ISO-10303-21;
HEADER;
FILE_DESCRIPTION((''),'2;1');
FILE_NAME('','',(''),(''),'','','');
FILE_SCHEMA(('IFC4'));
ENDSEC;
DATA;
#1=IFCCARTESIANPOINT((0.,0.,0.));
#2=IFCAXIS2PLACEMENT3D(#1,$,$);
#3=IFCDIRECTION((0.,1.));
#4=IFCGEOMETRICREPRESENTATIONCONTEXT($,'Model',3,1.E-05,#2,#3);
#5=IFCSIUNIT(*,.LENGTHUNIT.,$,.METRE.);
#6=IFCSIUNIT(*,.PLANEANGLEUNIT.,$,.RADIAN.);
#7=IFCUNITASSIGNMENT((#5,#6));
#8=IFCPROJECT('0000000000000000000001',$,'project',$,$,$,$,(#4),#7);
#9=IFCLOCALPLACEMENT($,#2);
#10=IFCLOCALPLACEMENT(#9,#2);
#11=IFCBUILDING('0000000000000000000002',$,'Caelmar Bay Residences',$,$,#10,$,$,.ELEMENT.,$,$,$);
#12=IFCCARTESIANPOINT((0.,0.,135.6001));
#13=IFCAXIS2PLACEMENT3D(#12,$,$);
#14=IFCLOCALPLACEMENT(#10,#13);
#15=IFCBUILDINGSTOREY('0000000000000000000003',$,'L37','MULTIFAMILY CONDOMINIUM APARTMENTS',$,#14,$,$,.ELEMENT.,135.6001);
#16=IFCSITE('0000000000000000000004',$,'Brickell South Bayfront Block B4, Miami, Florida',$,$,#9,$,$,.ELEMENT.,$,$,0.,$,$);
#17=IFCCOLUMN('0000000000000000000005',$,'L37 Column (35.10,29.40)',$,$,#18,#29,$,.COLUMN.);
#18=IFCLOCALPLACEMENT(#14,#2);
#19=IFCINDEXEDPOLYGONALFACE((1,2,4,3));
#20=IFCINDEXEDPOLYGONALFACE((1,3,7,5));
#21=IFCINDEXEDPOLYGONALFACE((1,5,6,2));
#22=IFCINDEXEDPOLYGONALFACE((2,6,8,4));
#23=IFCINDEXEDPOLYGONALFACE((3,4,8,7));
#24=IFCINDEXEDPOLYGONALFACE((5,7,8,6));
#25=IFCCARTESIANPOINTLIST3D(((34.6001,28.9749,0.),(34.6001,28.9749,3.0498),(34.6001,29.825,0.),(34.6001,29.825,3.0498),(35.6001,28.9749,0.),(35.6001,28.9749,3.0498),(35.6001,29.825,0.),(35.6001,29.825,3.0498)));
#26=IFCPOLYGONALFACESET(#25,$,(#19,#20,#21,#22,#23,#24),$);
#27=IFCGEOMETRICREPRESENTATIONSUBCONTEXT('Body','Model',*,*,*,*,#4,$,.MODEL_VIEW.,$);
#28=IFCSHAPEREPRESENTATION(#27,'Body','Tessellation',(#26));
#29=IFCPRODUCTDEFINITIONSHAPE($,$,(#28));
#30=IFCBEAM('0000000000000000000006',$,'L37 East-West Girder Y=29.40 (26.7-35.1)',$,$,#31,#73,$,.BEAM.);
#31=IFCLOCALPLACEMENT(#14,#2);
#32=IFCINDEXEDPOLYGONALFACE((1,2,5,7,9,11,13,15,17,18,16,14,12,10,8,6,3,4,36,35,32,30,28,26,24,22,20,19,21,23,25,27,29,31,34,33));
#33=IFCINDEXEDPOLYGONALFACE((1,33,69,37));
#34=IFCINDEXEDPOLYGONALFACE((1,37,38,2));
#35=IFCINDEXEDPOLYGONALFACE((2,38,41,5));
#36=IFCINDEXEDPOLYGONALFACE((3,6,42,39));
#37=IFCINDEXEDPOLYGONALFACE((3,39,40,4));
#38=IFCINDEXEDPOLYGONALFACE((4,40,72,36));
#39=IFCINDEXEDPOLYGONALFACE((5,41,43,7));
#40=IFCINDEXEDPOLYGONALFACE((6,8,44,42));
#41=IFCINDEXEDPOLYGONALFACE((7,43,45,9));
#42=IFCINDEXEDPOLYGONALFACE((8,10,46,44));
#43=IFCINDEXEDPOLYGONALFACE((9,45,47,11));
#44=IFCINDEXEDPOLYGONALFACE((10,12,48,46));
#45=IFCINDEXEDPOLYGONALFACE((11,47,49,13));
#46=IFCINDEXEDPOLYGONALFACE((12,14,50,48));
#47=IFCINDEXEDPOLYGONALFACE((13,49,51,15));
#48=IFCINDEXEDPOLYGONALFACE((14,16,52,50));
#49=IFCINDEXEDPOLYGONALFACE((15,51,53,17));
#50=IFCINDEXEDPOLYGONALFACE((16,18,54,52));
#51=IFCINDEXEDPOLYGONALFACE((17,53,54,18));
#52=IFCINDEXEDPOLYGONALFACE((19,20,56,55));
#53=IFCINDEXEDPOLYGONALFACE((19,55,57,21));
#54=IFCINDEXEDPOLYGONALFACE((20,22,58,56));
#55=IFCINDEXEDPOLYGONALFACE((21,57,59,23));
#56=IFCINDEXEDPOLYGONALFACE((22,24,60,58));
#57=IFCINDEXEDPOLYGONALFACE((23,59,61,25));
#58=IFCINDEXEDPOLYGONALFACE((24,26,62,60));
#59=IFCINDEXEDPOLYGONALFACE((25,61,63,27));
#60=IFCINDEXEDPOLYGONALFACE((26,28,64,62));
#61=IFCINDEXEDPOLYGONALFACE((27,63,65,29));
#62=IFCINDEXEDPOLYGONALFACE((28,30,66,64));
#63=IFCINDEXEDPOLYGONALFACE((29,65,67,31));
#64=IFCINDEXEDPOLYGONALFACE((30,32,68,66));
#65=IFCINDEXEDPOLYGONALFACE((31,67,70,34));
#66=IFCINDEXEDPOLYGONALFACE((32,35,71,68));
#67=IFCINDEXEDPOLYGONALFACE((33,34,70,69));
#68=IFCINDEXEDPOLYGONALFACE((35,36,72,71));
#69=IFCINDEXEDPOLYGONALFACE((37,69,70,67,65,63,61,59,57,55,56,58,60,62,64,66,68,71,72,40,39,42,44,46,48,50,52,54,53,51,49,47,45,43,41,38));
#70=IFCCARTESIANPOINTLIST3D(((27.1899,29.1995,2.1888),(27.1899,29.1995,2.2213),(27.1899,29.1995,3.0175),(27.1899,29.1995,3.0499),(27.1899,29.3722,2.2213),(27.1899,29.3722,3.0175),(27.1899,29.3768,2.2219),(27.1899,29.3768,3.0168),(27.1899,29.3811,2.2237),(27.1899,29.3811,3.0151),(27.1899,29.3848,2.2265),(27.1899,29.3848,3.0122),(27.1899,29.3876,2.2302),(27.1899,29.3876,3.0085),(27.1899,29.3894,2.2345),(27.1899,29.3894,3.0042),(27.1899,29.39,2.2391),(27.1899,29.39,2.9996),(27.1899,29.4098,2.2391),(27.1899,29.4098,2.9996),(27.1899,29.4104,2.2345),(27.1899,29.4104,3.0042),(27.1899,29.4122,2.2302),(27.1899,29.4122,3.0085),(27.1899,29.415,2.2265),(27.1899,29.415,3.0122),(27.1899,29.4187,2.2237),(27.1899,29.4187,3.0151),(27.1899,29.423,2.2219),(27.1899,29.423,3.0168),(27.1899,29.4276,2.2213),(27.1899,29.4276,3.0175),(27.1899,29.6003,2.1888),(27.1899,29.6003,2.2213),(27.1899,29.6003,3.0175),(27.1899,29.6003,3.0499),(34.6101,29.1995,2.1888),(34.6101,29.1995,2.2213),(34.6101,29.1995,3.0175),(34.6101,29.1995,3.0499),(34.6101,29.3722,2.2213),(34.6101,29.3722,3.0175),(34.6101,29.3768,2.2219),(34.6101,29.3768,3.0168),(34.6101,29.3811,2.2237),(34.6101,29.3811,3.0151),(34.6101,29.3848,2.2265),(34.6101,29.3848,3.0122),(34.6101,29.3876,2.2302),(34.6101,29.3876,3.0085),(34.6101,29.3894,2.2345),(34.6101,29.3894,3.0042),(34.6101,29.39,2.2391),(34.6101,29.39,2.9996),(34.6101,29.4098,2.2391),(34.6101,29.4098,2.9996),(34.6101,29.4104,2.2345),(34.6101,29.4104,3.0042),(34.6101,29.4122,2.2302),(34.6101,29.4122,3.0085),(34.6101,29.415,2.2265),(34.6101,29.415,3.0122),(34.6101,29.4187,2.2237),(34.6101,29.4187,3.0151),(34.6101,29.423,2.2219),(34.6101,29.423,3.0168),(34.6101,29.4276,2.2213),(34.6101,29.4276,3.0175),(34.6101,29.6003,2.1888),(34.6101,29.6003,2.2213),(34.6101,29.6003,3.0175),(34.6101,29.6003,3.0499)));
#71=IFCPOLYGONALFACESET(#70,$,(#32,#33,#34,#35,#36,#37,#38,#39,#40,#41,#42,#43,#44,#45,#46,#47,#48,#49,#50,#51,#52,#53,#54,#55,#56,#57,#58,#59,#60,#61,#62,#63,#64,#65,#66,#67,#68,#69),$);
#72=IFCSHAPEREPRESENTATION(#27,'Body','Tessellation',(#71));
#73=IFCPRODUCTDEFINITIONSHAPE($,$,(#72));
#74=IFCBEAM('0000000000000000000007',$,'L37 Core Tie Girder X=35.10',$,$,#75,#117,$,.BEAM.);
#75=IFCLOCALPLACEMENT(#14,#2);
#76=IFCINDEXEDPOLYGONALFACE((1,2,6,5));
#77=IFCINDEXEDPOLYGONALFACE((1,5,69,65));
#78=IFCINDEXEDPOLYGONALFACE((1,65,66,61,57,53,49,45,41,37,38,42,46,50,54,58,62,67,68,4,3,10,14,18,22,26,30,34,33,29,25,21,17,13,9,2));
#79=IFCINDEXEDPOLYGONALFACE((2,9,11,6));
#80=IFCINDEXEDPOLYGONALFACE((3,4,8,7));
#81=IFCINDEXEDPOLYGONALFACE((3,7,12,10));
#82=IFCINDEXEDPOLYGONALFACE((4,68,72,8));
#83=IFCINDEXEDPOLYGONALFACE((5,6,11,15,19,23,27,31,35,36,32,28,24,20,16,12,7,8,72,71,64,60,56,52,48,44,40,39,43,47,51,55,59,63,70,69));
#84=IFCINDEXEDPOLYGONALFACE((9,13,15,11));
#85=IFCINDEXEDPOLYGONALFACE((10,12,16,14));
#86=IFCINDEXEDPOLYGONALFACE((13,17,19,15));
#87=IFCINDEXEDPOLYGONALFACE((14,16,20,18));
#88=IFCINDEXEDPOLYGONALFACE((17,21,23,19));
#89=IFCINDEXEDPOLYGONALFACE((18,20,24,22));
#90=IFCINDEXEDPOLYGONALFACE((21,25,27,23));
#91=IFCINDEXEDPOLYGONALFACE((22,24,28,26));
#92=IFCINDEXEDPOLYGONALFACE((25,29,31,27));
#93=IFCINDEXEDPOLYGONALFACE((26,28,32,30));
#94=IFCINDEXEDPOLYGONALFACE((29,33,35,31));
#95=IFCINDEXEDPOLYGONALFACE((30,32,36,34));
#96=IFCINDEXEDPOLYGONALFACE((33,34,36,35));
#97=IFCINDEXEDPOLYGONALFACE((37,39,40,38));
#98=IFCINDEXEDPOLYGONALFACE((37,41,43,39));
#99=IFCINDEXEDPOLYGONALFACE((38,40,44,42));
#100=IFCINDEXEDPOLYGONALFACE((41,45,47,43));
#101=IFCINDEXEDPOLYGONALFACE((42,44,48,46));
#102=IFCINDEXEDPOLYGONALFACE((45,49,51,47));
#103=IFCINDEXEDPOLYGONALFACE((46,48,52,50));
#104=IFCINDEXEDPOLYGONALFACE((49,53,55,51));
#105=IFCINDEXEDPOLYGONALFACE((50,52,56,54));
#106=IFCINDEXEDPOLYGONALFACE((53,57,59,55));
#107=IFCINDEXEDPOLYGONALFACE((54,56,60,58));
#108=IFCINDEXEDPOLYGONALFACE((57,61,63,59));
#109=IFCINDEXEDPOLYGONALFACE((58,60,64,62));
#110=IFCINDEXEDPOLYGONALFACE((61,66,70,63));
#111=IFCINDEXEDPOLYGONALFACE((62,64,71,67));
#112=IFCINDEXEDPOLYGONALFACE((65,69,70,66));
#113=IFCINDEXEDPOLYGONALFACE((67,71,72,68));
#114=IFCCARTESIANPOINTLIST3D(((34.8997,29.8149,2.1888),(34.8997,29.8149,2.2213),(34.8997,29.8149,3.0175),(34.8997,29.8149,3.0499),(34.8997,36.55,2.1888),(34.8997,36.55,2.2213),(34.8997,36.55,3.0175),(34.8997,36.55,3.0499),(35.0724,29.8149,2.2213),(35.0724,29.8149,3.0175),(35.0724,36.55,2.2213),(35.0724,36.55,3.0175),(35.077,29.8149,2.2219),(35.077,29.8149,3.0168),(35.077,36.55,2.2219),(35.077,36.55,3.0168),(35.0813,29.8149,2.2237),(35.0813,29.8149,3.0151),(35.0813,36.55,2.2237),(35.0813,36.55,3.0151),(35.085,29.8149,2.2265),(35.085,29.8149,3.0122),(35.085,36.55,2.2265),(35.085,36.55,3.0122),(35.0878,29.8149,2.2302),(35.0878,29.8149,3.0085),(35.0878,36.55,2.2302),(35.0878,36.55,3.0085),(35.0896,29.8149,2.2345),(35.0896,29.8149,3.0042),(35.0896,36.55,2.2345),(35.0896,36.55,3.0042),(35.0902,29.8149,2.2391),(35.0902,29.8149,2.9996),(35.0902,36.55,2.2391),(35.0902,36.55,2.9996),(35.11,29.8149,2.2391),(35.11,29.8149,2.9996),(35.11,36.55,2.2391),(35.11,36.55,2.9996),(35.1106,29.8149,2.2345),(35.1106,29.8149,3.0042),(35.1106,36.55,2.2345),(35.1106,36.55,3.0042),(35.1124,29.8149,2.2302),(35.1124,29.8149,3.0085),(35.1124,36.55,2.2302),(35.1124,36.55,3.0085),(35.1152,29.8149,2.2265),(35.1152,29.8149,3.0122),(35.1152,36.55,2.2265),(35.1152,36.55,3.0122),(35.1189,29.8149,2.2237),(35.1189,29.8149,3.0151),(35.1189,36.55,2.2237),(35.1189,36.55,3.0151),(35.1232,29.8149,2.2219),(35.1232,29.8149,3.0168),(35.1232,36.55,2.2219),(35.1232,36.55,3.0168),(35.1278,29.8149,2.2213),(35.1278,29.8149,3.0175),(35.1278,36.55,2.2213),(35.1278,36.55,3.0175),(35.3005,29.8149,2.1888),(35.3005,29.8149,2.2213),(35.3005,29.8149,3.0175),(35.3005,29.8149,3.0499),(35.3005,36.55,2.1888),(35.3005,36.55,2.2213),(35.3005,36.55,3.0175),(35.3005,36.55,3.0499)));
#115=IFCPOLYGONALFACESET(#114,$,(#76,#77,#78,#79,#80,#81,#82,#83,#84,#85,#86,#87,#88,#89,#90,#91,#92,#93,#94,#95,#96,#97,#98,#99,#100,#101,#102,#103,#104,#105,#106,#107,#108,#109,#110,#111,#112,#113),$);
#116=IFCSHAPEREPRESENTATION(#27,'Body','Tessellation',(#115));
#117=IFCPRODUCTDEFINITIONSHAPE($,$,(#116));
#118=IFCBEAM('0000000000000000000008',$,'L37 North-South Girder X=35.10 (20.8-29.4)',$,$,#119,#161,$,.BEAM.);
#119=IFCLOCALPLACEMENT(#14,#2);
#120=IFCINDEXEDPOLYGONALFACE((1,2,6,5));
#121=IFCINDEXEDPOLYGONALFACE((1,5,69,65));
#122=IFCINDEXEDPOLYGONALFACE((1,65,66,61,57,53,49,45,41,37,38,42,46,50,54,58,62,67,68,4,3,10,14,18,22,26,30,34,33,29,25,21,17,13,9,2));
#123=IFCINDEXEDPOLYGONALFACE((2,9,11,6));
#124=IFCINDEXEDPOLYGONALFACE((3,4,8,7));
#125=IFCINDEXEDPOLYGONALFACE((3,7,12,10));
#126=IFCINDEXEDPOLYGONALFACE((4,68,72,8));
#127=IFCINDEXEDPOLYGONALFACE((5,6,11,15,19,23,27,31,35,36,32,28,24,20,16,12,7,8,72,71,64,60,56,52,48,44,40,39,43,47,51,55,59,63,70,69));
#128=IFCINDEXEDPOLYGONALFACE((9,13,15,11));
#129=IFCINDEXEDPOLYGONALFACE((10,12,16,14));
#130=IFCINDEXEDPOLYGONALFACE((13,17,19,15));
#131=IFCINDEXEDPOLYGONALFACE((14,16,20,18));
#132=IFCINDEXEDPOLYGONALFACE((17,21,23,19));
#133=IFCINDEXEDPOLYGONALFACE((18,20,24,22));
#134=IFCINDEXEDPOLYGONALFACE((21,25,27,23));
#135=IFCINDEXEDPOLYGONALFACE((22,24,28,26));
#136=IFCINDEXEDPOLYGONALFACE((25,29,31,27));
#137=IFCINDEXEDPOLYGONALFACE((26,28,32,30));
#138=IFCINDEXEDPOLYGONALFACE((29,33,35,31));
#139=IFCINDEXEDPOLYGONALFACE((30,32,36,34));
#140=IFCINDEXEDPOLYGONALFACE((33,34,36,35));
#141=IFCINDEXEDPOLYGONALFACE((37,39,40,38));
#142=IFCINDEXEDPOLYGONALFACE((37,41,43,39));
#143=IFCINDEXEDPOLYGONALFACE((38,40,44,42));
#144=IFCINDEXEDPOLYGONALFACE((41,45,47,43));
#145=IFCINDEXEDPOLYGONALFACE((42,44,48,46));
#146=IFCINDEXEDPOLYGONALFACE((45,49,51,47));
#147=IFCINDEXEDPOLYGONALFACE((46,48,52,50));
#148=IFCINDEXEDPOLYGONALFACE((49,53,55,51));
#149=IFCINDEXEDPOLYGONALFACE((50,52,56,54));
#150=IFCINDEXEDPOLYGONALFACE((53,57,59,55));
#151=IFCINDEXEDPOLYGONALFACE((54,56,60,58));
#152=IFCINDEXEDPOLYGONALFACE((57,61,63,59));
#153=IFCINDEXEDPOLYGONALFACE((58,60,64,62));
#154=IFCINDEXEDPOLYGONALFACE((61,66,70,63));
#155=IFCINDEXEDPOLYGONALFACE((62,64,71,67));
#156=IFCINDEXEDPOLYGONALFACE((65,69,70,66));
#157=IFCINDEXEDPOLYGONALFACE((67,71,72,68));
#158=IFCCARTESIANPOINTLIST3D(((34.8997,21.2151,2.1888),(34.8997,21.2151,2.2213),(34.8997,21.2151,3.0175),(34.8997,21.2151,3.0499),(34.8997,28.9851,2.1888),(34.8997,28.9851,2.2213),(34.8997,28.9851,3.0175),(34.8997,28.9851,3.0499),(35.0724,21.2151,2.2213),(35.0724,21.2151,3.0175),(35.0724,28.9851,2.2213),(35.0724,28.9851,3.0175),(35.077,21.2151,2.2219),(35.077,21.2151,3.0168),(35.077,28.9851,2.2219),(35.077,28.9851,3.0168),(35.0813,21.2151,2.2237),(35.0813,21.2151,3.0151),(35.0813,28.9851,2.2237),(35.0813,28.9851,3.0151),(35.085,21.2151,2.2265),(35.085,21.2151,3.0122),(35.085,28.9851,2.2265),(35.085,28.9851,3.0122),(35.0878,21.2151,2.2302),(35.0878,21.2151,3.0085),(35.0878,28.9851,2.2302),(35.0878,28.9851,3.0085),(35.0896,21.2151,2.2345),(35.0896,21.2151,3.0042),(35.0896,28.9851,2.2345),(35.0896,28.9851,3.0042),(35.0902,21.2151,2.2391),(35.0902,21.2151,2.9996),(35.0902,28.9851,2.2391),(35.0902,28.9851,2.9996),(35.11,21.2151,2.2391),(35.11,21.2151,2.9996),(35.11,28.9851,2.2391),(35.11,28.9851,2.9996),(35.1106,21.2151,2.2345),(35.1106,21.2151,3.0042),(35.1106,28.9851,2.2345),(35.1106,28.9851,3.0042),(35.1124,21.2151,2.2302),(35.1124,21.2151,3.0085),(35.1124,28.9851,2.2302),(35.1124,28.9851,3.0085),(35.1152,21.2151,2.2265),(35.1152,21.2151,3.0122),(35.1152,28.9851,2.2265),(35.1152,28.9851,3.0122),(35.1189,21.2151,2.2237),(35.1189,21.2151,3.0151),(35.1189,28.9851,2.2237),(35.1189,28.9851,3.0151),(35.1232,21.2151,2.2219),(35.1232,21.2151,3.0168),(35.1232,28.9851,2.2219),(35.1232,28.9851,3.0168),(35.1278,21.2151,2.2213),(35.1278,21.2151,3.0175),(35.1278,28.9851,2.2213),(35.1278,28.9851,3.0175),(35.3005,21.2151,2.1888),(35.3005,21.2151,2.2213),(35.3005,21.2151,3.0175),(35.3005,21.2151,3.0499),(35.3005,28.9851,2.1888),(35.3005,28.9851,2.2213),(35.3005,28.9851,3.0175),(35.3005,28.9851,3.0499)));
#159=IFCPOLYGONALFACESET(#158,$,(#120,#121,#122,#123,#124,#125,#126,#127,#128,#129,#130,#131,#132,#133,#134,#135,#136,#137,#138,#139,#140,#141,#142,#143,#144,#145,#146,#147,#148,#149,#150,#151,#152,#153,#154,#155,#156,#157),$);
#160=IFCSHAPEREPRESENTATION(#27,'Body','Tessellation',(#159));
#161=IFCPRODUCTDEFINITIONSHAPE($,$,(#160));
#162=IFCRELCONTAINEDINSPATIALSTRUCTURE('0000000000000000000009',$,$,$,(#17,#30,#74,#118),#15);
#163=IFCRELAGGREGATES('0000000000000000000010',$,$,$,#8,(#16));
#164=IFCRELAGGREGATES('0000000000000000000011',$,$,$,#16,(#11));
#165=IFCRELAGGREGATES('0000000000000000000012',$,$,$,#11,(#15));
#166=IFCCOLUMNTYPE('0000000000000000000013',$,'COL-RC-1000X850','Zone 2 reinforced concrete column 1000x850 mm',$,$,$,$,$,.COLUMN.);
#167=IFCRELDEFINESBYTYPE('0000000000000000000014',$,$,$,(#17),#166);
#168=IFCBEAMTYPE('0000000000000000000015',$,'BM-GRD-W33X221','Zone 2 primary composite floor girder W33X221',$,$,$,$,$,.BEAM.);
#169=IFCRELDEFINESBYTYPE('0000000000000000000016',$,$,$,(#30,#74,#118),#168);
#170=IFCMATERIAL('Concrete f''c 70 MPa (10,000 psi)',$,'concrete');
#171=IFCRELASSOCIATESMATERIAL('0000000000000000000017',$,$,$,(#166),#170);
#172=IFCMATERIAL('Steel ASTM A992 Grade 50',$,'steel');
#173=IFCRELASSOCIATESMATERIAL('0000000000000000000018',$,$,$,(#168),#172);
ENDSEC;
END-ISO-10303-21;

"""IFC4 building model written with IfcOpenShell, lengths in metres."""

from ifc_helpers import new_model, si_unit, direction, frame, origin, origin_2d, place, context, subcontext, project, spatial, rectangle, i_section, extrude, material, material_profile, profile_set, type_object, element, save


model = new_model("IFC4")

# Units and contexts
model_context = context("Model", 3, precision=1e-05, world=origin(), true_north=direction((0.0, 1.0)))
body_context = subcontext(model_context, "Body", "Model", "MODEL_VIEW")
ifc_project = project(units=[si_unit("LENGTHUNIT", "METRE"), si_unit("PLANEANGLEUNIT", "RADIAN")], contexts=[model_context])

# Site, building, storey
site_placement = place(None, origin())
site = spatial("IfcSite", under=ifc_project, at=site_placement, Name="Brickell South Bayfront Block B4, Miami, Florida", CompositionType="ELEMENT", RefElevation=0.0)
building_placement = place(site_placement, origin())
building = spatial("IfcBuilding", under=site, at=building_placement, Name="Caelmar Bay Residences", CompositionType="ELEMENT")
storey_placement = place(building_placement, frame((0.0, 0.0, 135.6001)))
storey = spatial("IfcBuildingStorey", under=building, at=storey_placement, Name="L37", Description="MULTIFAMILY CONDOMINIUM APARTMENTS", CompositionType="ELEMENT", Elevation=135.6001)

# Column
ifc_material_1 = material(Name="Concrete f'c 70 MPa (10,000 psi)", Category="concrete")
ifc_material_profile_1 = material_profile(ifc_material_1, rectangle(XDim=1.0, YDim=0.8501, at=origin_2d()), Name="RC-COL-1000X850")
ifc_profile_set_1 = profile_set([ifc_material_profile_1], Name="Concrete f'c 70 MPa (10,000 psi)")
column_type = type_object("IfcColumnType", Name="COL-RC-1000X850", Description="Zone 2 reinforced concrete column 1000x850 mm", PredefinedType="COLUMN", material=ifc_profile_set_1)
column_placement = place(storey_placement, frame((35.1001, 29.3999, 0.0), z_axis=(0.0, 0.0, 1.0), x_axis=(1.0, 0.0, 0.0)))
element("IfcColumn", 1, at=column_placement, inside=storey, type_object=column_type, Name="L37 Column (35.10,29.40)", PredefinedType="COLUMN", context=body_context, shape_type="SweptSolid", body=[
    extrude(rectangle(XDim=1.0, YDim=0.8501, at=origin_2d()), origin(), (0.0, 0.0, 1.0), 3.0498),
])

# Beams
ifc_material_2 = material(Name="Steel ASTM A992 Grade 50", Category="steel")
ifc_material_profile_2 = material_profile(ifc_material_2, i_section(OverallWidth=0.4009, OverallDepth=0.8611, WebThickness=0.0198, FlangeThickness=0.0325, FilletRadius=0.0178, at=origin_2d()), Name="W33X221")
ifc_profile_set_2 = profile_set([ifc_material_profile_2], Name="Steel ASTM A992 Grade 50")
beam_type_1 = type_object("IfcBeamType", Name="BM-GRD-W33X221", Description="Zone 2 primary composite floor girder W33X221", PredefinedType="BEAM", material=ifc_profile_set_2)
beam_1_placement = place(storey_placement, frame((27.1899, 29.3999, 2.6194), z_axis=(1.0, 0.0, 0.0), x_axis=(0.0, 1.0, 0.0)))
element("IfcBeam", 2, at=beam_1_placement, inside=storey, type_object=beam_type_1, Name="L37 East-West Girder Y=29.40 (26.7-35.1)", PredefinedType="BEAM", context=body_context, shape_type="SweptSolid", body=[
    extrude(i_section(OverallWidth=0.4009, OverallDepth=0.8611, WebThickness=0.0198, FlangeThickness=0.0325, FilletRadius=0.0178, at=origin_2d()), origin(), (0.0, 0.0, 1.0), 7.4202),
])
beam_2_placement = place(storey_placement, frame((35.1001, 29.8149, 2.6194), z_axis=(0.0, 1.0, 0.0), x_axis=(-1.0, 0.0, 0.0)))
element("IfcBeam", 3, at=beam_2_placement, inside=storey, type_object=beam_type_1, Name="L37 Core Tie Girder X=35.10", PredefinedType="BEAM", context=body_context, shape_type="SweptSolid", body=[
    extrude(i_section(OverallWidth=0.4009, OverallDepth=0.8611, WebThickness=0.0198, FlangeThickness=0.0325, FilletRadius=0.0178, at=origin_2d()), origin(), (0.0, 0.0, 1.0), 6.7351),
])
beam_3_placement = place(storey_placement, frame((35.1001, 21.2151, 2.6194), z_axis=(0.0, 1.0, 0.0), x_axis=(-1.0, 0.0, 0.0)))
element("IfcBeam", 4, at=beam_3_placement, inside=storey, type_object=beam_type_1, Name="L37 North-South Girder X=35.10 (20.8-29.4)", PredefinedType="BEAM", context=body_context, shape_type="SweptSolid", body=[
    extrude(i_section(OverallWidth=0.4009, OverallDepth=0.8611, WebThickness=0.0198, FlangeThickness=0.0325, FilletRadius=0.0178, at=origin_2d()), origin(), (0.0, 0.0, 1.0), 7.77),
])

save(model, "model.ifc")
